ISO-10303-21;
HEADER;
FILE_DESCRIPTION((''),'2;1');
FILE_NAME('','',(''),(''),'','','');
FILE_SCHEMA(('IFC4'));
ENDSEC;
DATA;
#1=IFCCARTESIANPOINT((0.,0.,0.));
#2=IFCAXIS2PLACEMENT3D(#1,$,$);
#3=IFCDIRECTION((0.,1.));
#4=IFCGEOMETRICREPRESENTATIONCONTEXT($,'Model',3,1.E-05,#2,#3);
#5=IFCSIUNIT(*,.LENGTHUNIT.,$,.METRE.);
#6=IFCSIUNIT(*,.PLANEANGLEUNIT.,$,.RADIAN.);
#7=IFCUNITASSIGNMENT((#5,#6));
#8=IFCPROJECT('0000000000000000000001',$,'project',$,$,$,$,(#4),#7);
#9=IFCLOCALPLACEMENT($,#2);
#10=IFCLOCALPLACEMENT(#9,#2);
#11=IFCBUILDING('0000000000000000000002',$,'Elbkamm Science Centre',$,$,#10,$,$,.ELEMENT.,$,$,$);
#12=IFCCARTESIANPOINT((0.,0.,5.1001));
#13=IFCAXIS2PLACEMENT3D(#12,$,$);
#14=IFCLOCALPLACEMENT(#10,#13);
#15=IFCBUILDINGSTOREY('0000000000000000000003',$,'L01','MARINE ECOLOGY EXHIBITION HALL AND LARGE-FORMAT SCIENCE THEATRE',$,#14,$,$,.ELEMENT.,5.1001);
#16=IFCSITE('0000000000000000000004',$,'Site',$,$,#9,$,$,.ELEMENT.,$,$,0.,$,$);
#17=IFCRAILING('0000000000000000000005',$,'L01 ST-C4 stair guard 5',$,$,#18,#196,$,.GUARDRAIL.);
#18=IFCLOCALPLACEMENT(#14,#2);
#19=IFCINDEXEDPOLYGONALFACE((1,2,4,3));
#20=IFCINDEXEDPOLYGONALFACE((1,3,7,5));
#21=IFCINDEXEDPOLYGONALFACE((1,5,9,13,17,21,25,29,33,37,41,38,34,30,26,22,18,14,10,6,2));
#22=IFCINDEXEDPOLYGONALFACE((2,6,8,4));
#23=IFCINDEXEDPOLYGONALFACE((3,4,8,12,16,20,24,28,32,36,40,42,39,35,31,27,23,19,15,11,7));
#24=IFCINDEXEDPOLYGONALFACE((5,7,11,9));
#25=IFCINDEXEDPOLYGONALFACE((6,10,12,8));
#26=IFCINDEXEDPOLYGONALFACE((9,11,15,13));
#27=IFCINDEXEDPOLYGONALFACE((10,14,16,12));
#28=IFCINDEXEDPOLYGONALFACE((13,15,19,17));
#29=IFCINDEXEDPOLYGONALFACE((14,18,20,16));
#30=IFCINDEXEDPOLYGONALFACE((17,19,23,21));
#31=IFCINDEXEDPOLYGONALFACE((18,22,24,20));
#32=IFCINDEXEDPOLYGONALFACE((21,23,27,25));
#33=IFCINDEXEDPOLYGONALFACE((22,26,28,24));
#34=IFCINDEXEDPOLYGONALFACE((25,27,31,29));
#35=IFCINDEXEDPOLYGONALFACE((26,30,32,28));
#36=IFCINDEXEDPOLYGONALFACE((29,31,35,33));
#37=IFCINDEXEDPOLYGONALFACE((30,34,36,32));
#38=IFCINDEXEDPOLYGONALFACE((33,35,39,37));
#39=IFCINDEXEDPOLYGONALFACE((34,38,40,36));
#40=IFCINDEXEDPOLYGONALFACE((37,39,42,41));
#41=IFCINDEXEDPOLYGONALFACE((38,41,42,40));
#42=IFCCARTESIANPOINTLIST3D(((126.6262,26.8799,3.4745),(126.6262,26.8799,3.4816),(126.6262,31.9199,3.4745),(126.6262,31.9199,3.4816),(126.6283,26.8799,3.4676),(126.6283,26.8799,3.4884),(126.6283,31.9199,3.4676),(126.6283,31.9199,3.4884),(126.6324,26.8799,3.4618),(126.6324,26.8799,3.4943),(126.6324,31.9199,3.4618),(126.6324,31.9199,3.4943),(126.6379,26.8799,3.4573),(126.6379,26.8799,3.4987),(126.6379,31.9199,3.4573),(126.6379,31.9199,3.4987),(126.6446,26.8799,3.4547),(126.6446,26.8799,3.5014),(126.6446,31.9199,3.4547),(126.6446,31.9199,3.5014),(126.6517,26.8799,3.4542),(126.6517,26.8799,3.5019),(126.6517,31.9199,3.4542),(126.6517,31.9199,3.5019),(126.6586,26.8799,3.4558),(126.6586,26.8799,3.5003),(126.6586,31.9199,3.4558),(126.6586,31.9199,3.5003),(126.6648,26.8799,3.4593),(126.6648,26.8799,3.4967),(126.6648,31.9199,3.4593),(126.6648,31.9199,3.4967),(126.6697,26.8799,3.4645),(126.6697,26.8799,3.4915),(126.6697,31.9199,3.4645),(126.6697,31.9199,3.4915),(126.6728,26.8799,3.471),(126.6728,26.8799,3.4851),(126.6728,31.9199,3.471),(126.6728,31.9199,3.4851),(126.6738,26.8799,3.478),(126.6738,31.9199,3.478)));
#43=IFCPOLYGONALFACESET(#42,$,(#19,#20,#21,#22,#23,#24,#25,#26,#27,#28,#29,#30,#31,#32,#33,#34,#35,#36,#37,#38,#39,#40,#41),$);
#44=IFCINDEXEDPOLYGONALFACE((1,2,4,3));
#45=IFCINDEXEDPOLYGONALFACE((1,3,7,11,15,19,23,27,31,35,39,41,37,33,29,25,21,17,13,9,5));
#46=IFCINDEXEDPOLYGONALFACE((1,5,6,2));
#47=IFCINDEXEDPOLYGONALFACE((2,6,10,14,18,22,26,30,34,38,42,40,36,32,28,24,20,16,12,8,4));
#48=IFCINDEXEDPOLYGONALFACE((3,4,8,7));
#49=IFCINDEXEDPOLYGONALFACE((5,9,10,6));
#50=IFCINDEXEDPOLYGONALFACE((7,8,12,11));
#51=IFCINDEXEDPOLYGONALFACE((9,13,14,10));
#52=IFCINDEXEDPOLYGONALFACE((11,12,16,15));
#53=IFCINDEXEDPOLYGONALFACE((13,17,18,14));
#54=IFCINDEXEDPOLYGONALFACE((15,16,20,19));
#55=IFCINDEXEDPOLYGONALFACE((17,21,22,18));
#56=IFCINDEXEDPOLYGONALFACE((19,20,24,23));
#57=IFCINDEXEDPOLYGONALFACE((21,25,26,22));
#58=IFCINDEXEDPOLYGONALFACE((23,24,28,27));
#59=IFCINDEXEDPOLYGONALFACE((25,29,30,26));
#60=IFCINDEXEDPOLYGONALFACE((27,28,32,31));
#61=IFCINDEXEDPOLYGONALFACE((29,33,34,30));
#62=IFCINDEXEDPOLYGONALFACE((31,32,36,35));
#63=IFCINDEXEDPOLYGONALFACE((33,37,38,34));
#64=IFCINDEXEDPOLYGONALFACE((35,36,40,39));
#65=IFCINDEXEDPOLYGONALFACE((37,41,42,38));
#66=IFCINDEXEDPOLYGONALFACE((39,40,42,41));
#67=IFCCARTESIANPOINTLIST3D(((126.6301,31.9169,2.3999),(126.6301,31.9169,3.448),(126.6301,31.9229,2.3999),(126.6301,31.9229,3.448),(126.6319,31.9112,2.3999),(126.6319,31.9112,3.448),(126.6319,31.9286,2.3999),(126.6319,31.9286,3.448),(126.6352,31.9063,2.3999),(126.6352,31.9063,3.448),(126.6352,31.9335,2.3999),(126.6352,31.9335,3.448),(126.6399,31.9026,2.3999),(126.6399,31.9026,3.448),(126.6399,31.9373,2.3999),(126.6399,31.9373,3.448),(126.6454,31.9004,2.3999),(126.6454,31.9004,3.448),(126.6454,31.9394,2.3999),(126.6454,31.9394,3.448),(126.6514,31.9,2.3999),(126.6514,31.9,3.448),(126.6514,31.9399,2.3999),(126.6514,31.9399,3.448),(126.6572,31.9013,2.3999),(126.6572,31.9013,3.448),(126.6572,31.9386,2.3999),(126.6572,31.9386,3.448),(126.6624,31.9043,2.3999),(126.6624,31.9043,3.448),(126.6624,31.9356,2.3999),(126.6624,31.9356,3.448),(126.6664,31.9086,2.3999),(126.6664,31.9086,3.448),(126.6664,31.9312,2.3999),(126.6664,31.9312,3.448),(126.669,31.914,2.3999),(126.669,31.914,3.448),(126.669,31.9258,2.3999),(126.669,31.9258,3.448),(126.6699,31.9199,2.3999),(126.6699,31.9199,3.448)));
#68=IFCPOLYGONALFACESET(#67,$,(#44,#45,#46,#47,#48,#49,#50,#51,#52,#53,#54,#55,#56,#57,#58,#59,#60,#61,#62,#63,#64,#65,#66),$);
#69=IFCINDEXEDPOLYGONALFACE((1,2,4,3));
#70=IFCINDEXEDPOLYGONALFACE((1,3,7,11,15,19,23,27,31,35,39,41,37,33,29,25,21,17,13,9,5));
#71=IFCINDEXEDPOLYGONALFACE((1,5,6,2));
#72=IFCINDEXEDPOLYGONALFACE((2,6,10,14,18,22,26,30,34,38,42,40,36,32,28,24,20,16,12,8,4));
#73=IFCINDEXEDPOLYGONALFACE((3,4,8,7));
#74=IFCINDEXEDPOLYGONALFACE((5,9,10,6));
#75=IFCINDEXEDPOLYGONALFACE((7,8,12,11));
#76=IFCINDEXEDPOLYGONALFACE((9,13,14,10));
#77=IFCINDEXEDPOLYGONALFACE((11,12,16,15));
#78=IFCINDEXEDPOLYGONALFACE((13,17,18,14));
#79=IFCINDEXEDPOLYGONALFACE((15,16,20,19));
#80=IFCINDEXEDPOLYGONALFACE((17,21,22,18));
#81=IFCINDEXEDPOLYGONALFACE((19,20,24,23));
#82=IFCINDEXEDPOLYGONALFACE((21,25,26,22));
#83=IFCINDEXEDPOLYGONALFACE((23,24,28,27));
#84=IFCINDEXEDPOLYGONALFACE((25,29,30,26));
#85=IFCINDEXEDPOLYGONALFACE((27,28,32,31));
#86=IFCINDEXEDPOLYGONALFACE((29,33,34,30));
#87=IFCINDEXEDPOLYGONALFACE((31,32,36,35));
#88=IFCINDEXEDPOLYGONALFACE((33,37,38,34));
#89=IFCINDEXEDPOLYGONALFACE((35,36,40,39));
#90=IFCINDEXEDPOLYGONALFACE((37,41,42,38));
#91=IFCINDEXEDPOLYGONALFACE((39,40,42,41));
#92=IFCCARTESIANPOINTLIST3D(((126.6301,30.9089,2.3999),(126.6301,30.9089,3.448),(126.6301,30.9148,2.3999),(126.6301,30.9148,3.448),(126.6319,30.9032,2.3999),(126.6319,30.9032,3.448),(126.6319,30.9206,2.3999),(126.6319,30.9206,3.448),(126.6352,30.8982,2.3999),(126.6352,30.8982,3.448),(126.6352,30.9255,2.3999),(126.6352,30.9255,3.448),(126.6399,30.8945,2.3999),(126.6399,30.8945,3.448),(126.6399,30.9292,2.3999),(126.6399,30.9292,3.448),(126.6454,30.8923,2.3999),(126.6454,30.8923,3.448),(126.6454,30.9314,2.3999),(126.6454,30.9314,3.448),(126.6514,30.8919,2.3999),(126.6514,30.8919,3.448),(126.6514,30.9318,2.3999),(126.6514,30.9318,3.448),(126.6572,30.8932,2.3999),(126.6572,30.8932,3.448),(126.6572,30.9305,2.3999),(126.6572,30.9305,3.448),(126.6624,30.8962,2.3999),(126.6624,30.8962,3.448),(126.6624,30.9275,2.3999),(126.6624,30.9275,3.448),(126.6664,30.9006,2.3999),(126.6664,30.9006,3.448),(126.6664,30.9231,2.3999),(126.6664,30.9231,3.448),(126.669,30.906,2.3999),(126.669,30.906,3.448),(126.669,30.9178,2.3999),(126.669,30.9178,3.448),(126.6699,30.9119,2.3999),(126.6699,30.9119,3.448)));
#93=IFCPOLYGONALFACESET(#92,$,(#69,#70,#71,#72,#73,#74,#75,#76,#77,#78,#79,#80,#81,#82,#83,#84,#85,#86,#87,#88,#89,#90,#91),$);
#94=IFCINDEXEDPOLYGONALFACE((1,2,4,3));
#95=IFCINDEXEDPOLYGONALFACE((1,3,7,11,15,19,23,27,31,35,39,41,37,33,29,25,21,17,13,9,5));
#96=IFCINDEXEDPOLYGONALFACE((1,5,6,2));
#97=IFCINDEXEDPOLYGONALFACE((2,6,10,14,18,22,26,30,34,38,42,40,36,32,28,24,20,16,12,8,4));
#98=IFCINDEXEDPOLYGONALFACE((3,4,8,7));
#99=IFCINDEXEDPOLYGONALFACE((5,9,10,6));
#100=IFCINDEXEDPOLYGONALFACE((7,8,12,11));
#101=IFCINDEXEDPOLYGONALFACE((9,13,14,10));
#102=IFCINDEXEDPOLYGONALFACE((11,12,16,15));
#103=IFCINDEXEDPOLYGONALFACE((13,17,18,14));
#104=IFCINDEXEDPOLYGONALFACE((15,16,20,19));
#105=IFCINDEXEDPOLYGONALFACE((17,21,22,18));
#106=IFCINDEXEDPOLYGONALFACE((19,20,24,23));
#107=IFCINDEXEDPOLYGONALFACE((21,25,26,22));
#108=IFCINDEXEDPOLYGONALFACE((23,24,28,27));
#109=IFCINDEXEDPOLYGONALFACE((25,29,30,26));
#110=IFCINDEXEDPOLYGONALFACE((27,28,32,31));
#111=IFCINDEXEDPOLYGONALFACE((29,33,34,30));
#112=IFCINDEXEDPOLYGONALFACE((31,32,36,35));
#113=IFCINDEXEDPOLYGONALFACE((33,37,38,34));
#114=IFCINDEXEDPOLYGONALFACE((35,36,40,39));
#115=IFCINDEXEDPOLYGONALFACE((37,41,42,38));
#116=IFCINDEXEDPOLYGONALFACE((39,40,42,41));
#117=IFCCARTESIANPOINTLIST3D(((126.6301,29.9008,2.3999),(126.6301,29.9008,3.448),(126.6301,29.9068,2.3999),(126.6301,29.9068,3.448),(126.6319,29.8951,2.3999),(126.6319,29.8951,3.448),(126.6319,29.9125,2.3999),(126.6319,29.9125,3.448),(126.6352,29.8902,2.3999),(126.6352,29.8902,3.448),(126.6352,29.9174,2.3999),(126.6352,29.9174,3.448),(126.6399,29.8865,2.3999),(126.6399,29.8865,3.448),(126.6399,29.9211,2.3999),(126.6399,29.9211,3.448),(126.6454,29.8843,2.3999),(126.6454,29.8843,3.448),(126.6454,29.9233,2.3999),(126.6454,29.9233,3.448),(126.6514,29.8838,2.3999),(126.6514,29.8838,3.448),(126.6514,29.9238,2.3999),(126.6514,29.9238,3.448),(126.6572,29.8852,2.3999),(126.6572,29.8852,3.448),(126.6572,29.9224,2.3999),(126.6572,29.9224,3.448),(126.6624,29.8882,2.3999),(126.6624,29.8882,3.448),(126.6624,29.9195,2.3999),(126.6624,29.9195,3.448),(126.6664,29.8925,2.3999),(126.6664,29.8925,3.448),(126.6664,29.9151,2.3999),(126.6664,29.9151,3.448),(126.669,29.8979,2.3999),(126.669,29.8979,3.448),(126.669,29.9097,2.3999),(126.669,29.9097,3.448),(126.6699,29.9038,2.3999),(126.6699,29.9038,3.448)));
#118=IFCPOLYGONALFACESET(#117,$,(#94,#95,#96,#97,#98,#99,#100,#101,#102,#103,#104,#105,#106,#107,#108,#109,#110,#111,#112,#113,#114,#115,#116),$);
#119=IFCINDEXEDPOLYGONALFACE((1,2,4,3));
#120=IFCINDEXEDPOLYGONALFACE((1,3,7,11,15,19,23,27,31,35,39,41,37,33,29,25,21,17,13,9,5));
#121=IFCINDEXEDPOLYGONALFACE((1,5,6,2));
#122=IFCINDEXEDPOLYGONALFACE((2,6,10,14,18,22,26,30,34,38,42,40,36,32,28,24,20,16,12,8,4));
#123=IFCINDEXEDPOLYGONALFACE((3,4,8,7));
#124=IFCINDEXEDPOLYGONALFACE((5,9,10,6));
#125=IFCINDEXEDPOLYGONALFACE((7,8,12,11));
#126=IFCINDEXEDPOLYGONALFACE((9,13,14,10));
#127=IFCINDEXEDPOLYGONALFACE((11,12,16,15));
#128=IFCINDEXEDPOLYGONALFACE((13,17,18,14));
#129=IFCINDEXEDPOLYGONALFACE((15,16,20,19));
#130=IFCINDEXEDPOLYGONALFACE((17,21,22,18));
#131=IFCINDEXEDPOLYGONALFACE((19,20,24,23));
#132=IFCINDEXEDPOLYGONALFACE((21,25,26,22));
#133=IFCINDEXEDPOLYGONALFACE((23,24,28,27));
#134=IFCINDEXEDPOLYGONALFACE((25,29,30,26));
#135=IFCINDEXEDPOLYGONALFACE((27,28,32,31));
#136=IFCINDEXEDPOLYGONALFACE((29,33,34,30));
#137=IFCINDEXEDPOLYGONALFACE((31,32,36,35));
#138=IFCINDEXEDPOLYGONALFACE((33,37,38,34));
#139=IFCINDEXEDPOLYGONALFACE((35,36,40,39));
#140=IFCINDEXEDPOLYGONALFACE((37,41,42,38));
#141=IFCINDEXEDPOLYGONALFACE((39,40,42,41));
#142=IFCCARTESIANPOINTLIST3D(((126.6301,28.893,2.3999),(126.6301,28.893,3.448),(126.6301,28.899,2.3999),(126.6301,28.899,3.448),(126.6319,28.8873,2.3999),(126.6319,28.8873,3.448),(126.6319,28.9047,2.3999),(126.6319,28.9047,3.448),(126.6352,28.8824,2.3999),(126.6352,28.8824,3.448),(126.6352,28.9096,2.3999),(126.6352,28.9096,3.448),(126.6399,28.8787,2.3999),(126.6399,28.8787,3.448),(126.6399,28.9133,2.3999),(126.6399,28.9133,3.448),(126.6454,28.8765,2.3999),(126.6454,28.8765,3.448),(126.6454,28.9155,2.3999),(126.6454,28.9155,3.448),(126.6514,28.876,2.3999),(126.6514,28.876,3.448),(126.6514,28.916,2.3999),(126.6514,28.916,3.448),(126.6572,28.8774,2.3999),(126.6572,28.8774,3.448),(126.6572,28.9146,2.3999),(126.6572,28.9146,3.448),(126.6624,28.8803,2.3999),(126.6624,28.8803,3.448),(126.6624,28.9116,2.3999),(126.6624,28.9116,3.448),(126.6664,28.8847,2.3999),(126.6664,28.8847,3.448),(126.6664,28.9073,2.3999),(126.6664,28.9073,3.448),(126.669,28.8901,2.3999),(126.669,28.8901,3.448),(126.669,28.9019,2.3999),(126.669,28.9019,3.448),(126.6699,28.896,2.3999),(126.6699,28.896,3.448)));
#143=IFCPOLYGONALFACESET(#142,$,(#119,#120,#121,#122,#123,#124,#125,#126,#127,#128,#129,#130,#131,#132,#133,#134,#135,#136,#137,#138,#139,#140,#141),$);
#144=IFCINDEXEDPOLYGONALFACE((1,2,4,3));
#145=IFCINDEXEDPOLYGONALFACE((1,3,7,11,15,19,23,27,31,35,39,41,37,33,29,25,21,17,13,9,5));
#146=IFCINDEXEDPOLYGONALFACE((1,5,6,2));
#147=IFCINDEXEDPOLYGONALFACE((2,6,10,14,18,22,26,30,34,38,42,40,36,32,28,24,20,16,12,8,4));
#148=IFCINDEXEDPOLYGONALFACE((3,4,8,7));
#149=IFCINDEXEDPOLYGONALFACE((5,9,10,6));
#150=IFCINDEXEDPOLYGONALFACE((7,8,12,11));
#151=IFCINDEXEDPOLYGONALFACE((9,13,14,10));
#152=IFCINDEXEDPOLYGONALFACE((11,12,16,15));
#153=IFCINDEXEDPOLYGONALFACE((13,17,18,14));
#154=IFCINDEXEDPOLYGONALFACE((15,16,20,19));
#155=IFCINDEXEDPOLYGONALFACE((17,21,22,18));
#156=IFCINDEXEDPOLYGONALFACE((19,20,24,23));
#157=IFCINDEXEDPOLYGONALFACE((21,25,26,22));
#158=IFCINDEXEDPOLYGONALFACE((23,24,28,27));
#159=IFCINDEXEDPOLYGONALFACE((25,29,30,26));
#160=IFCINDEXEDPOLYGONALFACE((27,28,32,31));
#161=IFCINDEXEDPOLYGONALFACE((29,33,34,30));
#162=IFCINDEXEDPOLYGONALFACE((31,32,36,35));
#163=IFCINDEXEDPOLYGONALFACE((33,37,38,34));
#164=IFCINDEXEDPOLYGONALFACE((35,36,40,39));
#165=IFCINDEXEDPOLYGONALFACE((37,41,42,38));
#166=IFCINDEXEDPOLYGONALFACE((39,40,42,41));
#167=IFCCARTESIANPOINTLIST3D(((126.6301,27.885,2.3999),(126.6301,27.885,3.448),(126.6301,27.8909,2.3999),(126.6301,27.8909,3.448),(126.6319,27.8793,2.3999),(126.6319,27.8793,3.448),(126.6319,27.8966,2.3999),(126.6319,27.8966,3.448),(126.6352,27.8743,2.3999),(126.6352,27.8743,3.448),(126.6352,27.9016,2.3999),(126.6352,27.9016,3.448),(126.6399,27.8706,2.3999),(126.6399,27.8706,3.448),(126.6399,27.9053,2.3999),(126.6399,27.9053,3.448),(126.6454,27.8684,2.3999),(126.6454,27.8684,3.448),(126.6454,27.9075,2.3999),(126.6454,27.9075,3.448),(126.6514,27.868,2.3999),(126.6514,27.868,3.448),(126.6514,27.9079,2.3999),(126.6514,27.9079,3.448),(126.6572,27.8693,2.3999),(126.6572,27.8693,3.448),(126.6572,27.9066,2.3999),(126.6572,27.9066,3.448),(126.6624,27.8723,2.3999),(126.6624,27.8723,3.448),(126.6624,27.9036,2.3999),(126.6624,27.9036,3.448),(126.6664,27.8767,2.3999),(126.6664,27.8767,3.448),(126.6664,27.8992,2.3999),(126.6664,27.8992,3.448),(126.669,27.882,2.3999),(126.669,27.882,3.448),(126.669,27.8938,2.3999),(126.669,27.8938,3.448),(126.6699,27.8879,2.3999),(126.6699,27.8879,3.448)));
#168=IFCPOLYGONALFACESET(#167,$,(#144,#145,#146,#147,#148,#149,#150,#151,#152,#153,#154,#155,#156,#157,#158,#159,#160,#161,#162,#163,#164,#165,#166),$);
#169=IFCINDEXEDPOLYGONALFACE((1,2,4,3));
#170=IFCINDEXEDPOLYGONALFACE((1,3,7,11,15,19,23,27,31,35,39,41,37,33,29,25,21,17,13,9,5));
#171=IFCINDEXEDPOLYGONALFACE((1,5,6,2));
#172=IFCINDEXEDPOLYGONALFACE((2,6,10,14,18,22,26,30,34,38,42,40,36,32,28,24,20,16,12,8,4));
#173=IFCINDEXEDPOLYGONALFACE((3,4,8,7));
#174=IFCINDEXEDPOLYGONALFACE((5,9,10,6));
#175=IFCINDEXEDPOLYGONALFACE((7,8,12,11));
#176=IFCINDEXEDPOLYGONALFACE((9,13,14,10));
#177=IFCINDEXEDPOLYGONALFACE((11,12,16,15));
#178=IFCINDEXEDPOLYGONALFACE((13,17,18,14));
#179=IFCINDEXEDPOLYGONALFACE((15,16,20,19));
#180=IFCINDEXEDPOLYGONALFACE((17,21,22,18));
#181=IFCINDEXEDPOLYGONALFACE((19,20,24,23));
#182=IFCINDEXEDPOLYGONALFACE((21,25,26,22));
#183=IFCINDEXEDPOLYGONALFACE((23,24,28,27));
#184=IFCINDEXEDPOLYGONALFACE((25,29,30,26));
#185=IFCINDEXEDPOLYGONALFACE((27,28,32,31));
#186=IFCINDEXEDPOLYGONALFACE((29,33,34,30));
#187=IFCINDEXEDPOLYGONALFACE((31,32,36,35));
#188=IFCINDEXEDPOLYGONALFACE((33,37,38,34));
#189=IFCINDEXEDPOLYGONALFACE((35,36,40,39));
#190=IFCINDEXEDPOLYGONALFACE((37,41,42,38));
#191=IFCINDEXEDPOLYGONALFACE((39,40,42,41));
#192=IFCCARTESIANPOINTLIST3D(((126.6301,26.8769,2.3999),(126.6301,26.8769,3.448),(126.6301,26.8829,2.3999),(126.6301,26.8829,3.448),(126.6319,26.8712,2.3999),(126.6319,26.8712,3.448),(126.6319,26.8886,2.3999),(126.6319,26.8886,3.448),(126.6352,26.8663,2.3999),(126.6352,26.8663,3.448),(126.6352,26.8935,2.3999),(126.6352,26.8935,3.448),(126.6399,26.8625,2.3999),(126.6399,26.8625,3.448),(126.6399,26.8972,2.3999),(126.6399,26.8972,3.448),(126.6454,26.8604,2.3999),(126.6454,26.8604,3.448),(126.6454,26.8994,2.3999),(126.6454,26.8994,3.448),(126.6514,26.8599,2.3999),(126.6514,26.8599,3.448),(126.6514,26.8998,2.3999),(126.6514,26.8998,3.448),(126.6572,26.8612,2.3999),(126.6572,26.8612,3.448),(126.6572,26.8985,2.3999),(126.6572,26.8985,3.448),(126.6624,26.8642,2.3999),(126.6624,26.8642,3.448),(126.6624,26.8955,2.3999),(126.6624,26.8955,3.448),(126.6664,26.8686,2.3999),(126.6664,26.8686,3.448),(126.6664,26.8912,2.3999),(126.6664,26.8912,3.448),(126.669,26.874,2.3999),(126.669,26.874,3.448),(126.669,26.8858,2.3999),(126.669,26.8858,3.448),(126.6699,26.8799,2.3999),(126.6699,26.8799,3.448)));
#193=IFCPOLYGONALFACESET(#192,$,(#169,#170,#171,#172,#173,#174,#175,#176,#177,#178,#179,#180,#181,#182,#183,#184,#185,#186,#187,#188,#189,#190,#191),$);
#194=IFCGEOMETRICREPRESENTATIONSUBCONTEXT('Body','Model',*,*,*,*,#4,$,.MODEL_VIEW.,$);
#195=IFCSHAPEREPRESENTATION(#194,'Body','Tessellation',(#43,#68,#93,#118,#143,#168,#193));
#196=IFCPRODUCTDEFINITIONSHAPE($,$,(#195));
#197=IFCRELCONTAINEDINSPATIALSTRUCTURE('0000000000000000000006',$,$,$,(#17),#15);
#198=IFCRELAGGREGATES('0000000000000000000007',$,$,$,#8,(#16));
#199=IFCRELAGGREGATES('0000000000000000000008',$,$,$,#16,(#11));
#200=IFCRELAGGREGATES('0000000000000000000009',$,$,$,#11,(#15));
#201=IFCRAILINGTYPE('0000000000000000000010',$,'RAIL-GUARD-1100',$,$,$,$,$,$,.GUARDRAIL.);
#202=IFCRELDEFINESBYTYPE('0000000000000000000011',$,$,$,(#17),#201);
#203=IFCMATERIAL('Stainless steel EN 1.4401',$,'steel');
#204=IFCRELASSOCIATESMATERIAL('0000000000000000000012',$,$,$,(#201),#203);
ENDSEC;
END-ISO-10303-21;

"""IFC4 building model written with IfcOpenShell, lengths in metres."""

from ifc_helpers import new_model, si_unit, direction, frame, origin, origin_2d, place, context, subcontext, project, spatial, circle, extrude, material, type_object, element, save


model = new_model("IFC4")

# Units and contexts
model_context = context("Model", 3, precision=1e-05, world=origin(), true_north=direction((0.0, 1.0)))
body_context = subcontext(model_context, "Body", "Model", "MODEL_VIEW")
ifc_project = project(units=[si_unit("LENGTHUNIT", "METRE"), si_unit("PLANEANGLEUNIT", "RADIAN")], contexts=[model_context])

# Site, building, storey
site_placement = place(None, origin())
site = spatial("IfcSite", under=ifc_project, at=site_placement, Name="Site", CompositionType="ELEMENT", RefElevation=0.0)
building_placement = place(site_placement, origin())
building = spatial("IfcBuilding", under=site, at=building_placement, Name="Elbkamm Science Centre", CompositionType="ELEMENT")
storey_placement = place(building_placement, frame((0.0, 0.0, 5.1001)))
storey = spatial("IfcBuildingStorey", under=building, at=storey_placement, Name="L01", Description="MARINE ECOLOGY EXHIBITION HALL AND LARGE-FORMAT SCIENCE THEATRE", CompositionType="ELEMENT", Elevation=5.1001)

# Railing
ifc_material_1 = material(Name="Stainless steel EN 1.4401", Category="steel")
railing_type_1 = type_object("IfcRailingType", Name="RAIL-GUARD-1100", PredefinedType="GUARDRAIL", material=ifc_material_1)
railing_1_placement = place(storey_placement, frame((126.6499, 31.9199, 2.3999)))
element("IfcRailing", 1, at=railing_1_placement, inside=storey, type_object=railing_type_1, Name="L01 ST-C4 stair guard 5", PredefinedType="GUARDRAIL", context=body_context, shape_type="SweptSolid", body=[
    extrude(circle(Radius=0.0239, at=origin_2d()), frame((0.0, 0.0, 1.0781), z_axis=(0.0, -1.0, 0.0), x_axis=(1.0, 0.0, 0.0)), (0.0, 0.0, 1.0), 5.04),
    extrude(circle(Radius=0.02, at=origin_2d()), origin(), (0.0, 0.0, 1.0), 1.0481),
    extrude(circle(Radius=0.02, at=origin_2d()), frame((0.0, -1.0081, 0.0)), (0.0, 0.0, 1.0), 1.0481),
    extrude(circle(Radius=0.02, at=origin_2d()), frame((0.0, -2.0161, 0.0)), (0.0, 0.0, 1.0), 1.0481),
    extrude(circle(Radius=0.02, at=origin_2d()), frame((0.0, -3.0239, 0.0)), (0.0, 0.0, 1.0), 1.0481),
    extrude(circle(Radius=0.02, at=origin_2d()), frame((0.0, -4.032, 0.0)), (0.0, 0.0, 1.0), 1.0481),
    extrude(circle(Radius=0.02, at=origin_2d()), frame((0.0, -5.04, 0.0)), (0.0, 0.0, 1.0), 1.0481),
])

save(model, "model.ifc")
